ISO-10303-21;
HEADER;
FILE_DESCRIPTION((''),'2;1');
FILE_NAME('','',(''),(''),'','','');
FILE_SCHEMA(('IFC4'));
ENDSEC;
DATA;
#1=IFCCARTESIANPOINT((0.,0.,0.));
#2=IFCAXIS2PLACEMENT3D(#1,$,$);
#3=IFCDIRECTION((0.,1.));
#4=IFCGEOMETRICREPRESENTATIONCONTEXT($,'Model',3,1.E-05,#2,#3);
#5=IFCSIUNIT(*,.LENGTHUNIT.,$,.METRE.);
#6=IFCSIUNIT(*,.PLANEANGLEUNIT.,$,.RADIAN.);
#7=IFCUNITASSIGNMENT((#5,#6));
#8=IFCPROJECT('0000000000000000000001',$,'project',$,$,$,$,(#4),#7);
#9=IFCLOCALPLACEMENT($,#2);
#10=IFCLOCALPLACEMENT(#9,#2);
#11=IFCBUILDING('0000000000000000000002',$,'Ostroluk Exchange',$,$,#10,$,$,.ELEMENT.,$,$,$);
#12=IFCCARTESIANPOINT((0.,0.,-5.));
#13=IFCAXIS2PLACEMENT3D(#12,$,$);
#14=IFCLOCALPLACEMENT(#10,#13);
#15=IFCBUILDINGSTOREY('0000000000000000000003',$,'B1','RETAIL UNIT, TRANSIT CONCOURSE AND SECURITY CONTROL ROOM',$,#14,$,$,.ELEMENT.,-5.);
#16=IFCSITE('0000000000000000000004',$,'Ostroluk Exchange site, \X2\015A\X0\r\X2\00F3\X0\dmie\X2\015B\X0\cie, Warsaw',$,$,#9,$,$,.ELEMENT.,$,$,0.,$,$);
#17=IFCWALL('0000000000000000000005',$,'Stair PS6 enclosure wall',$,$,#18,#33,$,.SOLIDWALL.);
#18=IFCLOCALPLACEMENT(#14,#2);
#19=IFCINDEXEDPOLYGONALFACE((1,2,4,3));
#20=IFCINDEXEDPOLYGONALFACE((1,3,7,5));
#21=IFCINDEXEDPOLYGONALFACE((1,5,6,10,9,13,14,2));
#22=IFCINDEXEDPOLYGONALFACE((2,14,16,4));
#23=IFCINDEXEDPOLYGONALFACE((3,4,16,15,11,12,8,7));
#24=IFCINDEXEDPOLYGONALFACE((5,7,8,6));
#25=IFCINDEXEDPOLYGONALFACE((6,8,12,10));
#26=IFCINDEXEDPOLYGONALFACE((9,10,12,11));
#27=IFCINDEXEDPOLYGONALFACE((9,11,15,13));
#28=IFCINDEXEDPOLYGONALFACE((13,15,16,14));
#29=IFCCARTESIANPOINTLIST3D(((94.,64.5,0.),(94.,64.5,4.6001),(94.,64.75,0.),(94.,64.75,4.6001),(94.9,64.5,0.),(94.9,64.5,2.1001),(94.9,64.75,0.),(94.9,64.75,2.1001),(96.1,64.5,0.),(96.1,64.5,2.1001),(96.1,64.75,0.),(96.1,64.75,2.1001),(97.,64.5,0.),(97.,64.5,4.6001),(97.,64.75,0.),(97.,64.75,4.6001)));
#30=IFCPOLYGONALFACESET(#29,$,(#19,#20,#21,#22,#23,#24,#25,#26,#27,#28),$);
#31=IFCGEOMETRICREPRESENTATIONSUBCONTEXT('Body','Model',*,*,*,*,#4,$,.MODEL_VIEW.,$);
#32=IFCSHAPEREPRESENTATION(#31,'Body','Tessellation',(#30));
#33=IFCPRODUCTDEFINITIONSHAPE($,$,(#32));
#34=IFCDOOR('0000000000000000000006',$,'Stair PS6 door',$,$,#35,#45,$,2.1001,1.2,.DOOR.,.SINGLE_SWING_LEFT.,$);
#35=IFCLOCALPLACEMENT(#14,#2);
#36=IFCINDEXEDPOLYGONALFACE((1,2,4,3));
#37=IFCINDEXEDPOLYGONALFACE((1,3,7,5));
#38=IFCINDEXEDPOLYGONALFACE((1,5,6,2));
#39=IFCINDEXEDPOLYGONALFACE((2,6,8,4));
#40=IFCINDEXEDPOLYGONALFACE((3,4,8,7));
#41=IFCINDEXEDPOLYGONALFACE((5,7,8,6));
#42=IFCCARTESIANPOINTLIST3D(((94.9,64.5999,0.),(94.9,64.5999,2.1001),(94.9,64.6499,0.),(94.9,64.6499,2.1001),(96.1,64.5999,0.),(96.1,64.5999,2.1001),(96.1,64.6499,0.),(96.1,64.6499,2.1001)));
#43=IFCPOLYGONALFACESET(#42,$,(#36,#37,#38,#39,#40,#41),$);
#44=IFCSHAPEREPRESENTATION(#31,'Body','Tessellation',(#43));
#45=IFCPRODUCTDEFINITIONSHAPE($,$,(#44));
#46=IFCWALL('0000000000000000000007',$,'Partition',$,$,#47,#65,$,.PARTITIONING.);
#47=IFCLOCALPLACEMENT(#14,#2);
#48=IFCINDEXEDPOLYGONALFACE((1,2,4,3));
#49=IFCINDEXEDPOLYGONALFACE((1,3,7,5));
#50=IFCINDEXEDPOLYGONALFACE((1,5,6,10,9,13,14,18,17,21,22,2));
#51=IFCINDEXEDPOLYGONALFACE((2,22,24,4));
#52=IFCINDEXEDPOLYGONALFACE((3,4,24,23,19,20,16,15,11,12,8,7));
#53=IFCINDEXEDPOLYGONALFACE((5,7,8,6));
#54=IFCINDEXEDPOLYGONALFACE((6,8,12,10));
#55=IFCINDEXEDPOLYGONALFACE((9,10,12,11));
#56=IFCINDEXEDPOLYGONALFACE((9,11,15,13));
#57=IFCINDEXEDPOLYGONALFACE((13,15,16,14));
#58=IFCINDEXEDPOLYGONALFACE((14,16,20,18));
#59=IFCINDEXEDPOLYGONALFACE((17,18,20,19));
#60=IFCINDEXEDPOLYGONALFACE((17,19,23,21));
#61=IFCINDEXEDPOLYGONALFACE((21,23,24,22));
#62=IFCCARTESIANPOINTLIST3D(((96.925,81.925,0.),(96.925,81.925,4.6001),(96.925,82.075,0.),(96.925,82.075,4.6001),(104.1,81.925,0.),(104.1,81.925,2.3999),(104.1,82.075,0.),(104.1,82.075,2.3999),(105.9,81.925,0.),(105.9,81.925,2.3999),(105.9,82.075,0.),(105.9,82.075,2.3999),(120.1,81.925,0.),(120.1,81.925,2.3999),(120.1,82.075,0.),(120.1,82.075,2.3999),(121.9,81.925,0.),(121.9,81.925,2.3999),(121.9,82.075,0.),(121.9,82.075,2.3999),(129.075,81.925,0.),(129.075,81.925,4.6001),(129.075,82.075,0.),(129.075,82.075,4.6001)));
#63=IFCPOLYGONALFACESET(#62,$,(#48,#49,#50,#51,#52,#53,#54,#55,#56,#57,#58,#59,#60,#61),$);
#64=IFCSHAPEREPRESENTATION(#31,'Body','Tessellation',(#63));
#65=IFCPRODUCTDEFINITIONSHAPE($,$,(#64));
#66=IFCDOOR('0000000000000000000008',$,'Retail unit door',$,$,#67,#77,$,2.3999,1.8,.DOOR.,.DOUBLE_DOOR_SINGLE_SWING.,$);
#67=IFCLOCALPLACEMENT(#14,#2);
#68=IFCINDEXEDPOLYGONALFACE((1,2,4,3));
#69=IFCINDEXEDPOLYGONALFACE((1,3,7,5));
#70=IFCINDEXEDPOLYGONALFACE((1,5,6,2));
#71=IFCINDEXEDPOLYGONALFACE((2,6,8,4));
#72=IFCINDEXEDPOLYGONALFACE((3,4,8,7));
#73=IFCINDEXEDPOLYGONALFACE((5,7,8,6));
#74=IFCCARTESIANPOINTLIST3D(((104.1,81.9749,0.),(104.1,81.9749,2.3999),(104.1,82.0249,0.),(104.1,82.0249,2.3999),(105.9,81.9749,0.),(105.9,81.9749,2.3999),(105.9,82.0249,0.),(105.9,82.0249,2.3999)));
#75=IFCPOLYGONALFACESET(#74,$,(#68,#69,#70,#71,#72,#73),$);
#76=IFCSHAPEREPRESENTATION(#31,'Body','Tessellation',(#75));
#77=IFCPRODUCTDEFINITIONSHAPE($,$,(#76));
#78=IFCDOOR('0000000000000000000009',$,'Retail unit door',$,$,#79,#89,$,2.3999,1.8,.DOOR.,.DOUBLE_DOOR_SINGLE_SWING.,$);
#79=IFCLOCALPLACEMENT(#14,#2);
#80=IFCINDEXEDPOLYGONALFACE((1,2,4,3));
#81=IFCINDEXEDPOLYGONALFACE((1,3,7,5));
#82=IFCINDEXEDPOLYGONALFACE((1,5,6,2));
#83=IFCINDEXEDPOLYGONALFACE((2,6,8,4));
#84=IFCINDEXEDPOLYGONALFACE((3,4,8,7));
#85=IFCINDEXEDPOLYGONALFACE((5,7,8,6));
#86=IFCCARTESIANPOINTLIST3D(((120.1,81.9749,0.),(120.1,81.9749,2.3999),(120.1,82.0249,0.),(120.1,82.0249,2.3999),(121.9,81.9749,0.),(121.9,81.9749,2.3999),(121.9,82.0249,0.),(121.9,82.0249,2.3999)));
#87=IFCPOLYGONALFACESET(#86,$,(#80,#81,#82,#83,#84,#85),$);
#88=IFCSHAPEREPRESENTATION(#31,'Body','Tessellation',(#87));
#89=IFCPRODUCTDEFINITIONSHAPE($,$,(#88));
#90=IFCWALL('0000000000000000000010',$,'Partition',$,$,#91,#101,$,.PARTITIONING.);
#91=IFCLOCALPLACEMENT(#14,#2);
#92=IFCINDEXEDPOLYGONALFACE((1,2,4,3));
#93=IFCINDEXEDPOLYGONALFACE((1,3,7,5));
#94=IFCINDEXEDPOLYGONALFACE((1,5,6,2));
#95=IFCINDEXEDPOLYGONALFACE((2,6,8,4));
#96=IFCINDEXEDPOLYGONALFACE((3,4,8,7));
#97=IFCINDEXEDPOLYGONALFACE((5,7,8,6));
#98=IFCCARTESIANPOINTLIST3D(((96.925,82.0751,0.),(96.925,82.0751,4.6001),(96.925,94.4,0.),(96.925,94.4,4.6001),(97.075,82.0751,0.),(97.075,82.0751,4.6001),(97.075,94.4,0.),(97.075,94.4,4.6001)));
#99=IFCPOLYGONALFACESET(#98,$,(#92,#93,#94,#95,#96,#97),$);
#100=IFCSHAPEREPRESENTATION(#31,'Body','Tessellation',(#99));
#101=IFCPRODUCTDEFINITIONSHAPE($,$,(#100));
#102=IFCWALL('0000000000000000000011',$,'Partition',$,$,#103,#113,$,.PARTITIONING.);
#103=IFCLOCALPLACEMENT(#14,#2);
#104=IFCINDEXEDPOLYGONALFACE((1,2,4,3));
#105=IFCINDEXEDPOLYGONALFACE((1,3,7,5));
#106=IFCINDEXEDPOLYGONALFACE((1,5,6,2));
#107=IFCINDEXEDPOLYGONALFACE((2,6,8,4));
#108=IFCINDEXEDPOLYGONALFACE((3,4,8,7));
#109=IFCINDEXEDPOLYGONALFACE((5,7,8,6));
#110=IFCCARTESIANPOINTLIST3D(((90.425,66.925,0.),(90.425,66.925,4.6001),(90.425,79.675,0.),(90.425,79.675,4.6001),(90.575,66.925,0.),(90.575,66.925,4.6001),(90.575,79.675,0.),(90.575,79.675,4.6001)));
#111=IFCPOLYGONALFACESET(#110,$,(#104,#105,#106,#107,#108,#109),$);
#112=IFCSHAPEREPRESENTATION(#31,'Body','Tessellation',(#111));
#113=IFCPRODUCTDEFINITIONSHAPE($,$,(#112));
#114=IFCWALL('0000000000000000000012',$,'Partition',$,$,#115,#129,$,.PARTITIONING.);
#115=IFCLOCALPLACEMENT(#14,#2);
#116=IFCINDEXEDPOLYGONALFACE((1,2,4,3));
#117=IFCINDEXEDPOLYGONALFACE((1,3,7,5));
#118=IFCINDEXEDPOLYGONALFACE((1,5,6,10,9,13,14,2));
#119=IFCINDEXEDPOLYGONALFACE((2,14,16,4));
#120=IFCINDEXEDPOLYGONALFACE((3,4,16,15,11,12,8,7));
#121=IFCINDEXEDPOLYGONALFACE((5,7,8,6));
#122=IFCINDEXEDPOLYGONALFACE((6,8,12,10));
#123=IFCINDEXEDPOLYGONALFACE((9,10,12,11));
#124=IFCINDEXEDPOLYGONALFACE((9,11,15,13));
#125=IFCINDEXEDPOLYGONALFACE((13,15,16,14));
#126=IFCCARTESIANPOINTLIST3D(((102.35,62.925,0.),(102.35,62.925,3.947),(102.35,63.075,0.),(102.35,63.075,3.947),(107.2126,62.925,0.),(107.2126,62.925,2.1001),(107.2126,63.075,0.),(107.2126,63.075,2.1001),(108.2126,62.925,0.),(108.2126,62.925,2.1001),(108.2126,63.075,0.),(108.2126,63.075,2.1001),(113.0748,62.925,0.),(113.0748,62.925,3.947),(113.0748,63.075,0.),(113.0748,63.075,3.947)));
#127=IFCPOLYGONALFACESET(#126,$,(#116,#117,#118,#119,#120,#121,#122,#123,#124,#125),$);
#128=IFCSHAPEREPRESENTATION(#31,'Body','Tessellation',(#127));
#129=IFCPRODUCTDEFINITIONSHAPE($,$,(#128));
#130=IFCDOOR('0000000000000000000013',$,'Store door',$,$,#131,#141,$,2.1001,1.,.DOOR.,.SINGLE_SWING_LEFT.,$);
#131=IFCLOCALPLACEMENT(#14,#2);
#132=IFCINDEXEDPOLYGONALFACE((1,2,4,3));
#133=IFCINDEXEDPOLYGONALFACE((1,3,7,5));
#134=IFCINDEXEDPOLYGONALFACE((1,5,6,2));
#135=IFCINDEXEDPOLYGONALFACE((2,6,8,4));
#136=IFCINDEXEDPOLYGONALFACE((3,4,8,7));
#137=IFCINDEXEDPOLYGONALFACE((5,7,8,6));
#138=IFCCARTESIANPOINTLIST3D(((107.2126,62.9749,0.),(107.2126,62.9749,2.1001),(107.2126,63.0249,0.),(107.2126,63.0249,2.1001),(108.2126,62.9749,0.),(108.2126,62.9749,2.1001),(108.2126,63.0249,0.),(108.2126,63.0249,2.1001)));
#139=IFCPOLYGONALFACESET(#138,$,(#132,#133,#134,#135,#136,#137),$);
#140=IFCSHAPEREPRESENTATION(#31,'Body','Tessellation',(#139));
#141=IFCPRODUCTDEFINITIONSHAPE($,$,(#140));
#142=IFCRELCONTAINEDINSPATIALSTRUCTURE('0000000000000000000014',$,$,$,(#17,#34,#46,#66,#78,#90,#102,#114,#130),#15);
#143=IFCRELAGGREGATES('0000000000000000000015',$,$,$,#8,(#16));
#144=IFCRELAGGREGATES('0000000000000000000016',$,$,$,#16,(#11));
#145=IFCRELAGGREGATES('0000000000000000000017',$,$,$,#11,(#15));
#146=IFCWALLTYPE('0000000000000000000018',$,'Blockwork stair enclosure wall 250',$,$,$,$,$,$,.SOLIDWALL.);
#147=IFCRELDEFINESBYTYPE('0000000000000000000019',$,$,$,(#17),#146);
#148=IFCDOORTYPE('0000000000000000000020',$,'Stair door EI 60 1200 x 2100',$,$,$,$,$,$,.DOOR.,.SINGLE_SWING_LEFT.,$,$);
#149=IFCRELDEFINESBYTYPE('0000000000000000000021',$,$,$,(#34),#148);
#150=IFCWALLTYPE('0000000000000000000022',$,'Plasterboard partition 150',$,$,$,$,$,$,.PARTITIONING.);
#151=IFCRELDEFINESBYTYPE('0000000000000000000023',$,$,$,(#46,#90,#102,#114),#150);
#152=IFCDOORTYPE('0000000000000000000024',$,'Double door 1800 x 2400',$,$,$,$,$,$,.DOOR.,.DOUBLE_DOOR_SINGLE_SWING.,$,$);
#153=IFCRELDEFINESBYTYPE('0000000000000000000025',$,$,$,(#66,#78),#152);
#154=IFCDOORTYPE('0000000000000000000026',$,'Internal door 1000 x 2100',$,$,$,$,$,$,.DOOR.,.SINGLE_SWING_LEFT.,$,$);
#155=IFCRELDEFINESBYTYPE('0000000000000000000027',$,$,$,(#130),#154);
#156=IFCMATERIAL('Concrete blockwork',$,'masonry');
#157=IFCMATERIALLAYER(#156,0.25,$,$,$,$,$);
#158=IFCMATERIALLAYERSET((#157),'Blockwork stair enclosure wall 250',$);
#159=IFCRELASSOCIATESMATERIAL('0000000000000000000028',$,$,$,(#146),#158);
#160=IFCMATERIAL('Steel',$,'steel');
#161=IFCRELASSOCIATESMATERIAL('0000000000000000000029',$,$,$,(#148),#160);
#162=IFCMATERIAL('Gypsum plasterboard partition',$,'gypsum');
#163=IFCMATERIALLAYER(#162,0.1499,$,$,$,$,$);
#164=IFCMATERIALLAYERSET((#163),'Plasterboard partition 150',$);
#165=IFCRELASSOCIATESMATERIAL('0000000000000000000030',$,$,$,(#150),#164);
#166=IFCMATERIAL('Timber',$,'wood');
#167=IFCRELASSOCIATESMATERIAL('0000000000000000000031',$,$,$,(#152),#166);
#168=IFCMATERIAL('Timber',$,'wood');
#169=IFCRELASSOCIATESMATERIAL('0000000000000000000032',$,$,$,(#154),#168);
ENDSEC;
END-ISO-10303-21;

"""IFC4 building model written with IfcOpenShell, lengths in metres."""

from ifc_helpers import new_model, si_unit, direction, frame, frame_2d, origin, place, context, subcontext, project, spatial, rectangle, extrude, material, layer, layer_set, type_object, element, fill, save


model = new_model("IFC4")

# Units and contexts
model_context = context("Model", 3, precision=1e-05, world=origin(), true_north=direction((0.0, 1.0)))
body_context = subcontext(model_context, "Body", "Model", "MODEL_VIEW")
ifc_project = project(units=[si_unit("LENGTHUNIT", "METRE"), si_unit("PLANEANGLEUNIT", "RADIAN")], contexts=[model_context])

# Site, building, storey
site_placement = place(None, origin())
site = spatial("IfcSite", under=ifc_project, at=site_placement, Name="Ostroluk Exchange site, Śródmieście, Warsaw", CompositionType="ELEMENT", RefElevation=0.0)
building_placement = place(site_placement, origin())
building = spatial("IfcBuilding", under=site, at=building_placement, Name="Ostroluk Exchange", CompositionType="ELEMENT")
storey_placement = place(building_placement, frame((0.0, 0.0, -5.0)))
storey = spatial("IfcBuildingStorey", under=building, at=storey_placement, Name="B1", Description="RETAIL UNIT, TRANSIT CONCOURSE AND SECURITY CONTROL ROOM", CompositionType="ELEMENT", Elevation=-5.0)

# Wall, opening, door
ifc_material_1 = material(Name="Concrete blockwork", Category="masonry")
ifc_layer_1 = layer(ifc_material_1, 0.25)
ifc_layer_set_1 = layer_set([ifc_layer_1], Name="Blockwork stair enclosure wall 250")
wall_type_1 = type_object("IfcWallType", Name="Blockwork stair enclosure wall 250", PredefinedType="SOLIDWALL", material=ifc_layer_set_1)
wall_1_placement = place(storey_placement, frame((94.0, 64.625, 0.0), z_axis=(0.0, 0.0, 1.0), x_axis=(1.0, 0.0, 0.0)))
wall_1 = element("IfcWall", 1, at=wall_1_placement, inside=storey, type_object=wall_type_1, Name="Stair PS6 enclosure wall", PredefinedType="SOLIDWALL", context=body_context, shape_type="SweptSolid", body=[
    extrude(rectangle(XDim=3.0, YDim=0.25, at=frame_2d((1.5, 0.0))), origin(), (0.0, 0.0, 1.0), 4.6001),
])
opening_1_placement = place(wall_1_placement, frame((0.8999, 0.0, 0.0)))
opening_1 = element("IfcOpeningElement", 2, at=opening_1_placement, cuts=wall_1, PredefinedType="OPENING", context=body_context, shape_type="SweptSolid", body=[
    extrude(rectangle(XDim=1.2, YDim=2.1001, at=frame_2d((0.6001, 1.05))), frame((0.0, 0.135, 0.0), z_axis=(0.0, -1.0, 0.0), x_axis=(1.0, 0.0, 0.0)), (0.0, 0.0, 1.0), 0.27),
])
ifc_material_2 = material(Name="Steel", Category="steel")
door_type_1 = type_object("IfcDoorType", Name="Stair door EI 60 1200 x 2100", OperationType="SINGLE_SWING_LEFT", PredefinedType="DOOR", material=ifc_material_2)
door_1_placement = place(opening_1_placement, origin())
door_1 = element("IfcDoor", 3, at=door_1_placement, inside=storey, type_object=door_type_1, Name="Stair PS6 door", OperationType="SINGLE_SWING_LEFT", OverallHeight=2.1001, OverallWidth=1.2, PredefinedType="DOOR", context=body_context, shape_type="SweptSolid", body=[
    extrude(rectangle(XDim=1.2, YDim=2.1001, at=frame_2d((0.6001, 1.05))), frame((0.0, 0.0249, 0.0), z_axis=(0.0, -1.0, 0.0), x_axis=(1.0, 0.0, 0.0)), (0.0, 0.0, 1.0), 0.05),
])
fill(opening_1, door_1)

# Wall, openings, doors
ifc_material_3 = material(Name="Gypsum plasterboard partition", Category="gypsum")
ifc_layer_2 = layer(ifc_material_3, 0.1499)
ifc_layer_set_2 = layer_set([ifc_layer_2], Name="Plasterboard partition 150")
wall_type_2 = type_object("IfcWallType", Name="Plasterboard partition 150", PredefinedType="PARTITIONING", material=ifc_layer_set_2)
wall_2_placement = place(storey_placement, frame((96.925, 82.0, 0.0), z_axis=(0.0, 0.0, 1.0), x_axis=(1.0, 0.0, 0.0)))
wall_2 = element("IfcWall", 4, at=wall_2_placement, inside=storey, type_object=wall_type_2, Name="Partition", PredefinedType="PARTITIONING", context=body_context, shape_type="SweptSolid", body=[
    extrude(rectangle(XDim=32.1499, YDim=0.1499, at=frame_2d((16.075, 0.0))), origin(), (0.0, 0.0, 1.0), 4.6001),
])
opening_2_placement = place(wall_2_placement, frame((7.175, 0.0, 0.0)))
opening_2 = element("IfcOpeningElement", 5, at=opening_2_placement, cuts=wall_2, PredefinedType="OPENING", context=body_context, shape_type="SweptSolid", body=[
    extrude(rectangle(XDim=1.8, YDim=2.3999, at=frame_2d((0.8999, 1.2))), frame((0.0, 0.085, 0.0), z_axis=(0.0, -1.0, 0.0), x_axis=(1.0, 0.0, 0.0)), (0.0, 0.0, 1.0), 0.1699),
])
opening_3_placement = place(wall_2_placement, frame((23.175, 0.0, 0.0)))
opening_3 = element("IfcOpeningElement", 6, at=opening_3_placement, cuts=wall_2, PredefinedType="OPENING", context=body_context, shape_type="SweptSolid", body=[
    extrude(rectangle(XDim=1.8, YDim=2.3999, at=frame_2d((0.8999, 1.2))), frame((0.0, 0.085, 0.0), z_axis=(0.0, -1.0, 0.0), x_axis=(1.0, 0.0, 0.0)), (0.0, 0.0, 1.0), 0.1699),
])
ifc_material_4 = material(Name="Timber", Category="wood")
door_type_2 = type_object("IfcDoorType", Name="Double door 1800 x 2400", OperationType="DOUBLE_DOOR_SINGLE_SWING", PredefinedType="DOOR", material=ifc_material_4)
door_2_placement = place(opening_2_placement, origin())
door_2 = element("IfcDoor", 7, at=door_2_placement, inside=storey, type_object=door_type_2, Name="Retail unit door", OperationType="DOUBLE_DOOR_SINGLE_SWING", OverallHeight=2.3999, OverallWidth=1.8, PredefinedType="DOOR", context=body_context, shape_type="SweptSolid", body=[
    extrude(rectangle(XDim=1.8, YDim=2.3999, at=frame_2d((0.8999, 1.2))), frame((0.0, 0.0249, 0.0), z_axis=(0.0, -1.0, 0.0), x_axis=(1.0, 0.0, 0.0)), (0.0, 0.0, 1.0), 0.05),
])
fill(opening_2, door_2)
door_3_placement = place(opening_3_placement, origin())
door_3 = element("IfcDoor", 8, at=door_3_placement, inside=storey, type_object=door_type_2, Name="Retail unit door", OperationType="DOUBLE_DOOR_SINGLE_SWING", OverallHeight=2.3999, OverallWidth=1.8, PredefinedType="DOOR", context=body_context, shape_type="SweptSolid", body=[
    extrude(rectangle(XDim=1.8, YDim=2.3999, at=frame_2d((0.8999, 1.2))), frame((0.0, 0.0249, 0.0), z_axis=(0.0, -1.0, 0.0), x_axis=(1.0, 0.0, 0.0)), (0.0, 0.0, 1.0), 0.05),
])
fill(opening_3, door_3)

# Walls
wall_3_placement = place(storey_placement, frame((97.0, 82.075, 0.0), z_axis=(0.0, 0.0, 1.0), x_axis=(0.0, 1.0, 0.0)))
element("IfcWall", 9, at=wall_3_placement, inside=storey, type_object=wall_type_2, Name="Partition", PredefinedType="PARTITIONING", context=body_context, shape_type="SweptSolid", body=[
    extrude(rectangle(XDim=12.325, YDim=0.1499, at=frame_2d((6.1626, 0.0))), origin(), (0.0, 0.0, 1.0), 4.6001),
])
wall_4_placement = place(storey_placement, frame((90.5, 66.925, 0.0), z_axis=(0.0, 0.0, 1.0), x_axis=(0.0, 1.0, 0.0)))
element("IfcWall", 10, at=wall_4_placement, inside=storey, type_object=wall_type_2, Name="Partition", PredefinedType="PARTITIONING", context=body_context, shape_type="SweptSolid", body=[
    extrude(rectangle(XDim=12.75, YDim=0.1499, at=frame_2d((6.375, 0.0))), origin(), (0.0, 0.0, 1.0), 4.6001),
])

# Wall, opening, door
wall_5_placement = place(storey_placement, frame((102.3501, 63.0, 0.0), z_axis=(0.0, 0.0, 1.0), x_axis=(1.0, 0.0, 0.0)))
wall_5 = element("IfcWall", 11, at=wall_5_placement, inside=storey, type_object=wall_type_2, Name="Partition", PredefinedType="PARTITIONING", context=body_context, shape_type="SweptSolid", body=[
    extrude(rectangle(XDim=10.7249, YDim=0.1499, at=frame_2d((5.3623, 0.0))), origin(), (0.0, 0.0, 1.0), 3.947),
])
opening_4_placement = place(wall_5_placement, frame((4.8625, 0.0, 0.0)))
opening_4 = element("IfcOpeningElement", 12, at=opening_4_placement, cuts=wall_5, PredefinedType="OPENING", context=body_context, shape_type="SweptSolid", body=[
    extrude(rectangle(XDim=1.0, YDim=2.1001, at=frame_2d((0.5, 1.05))), frame((0.0, 0.085, 0.0), z_axis=(0.0, -1.0, 0.0), x_axis=(1.0, 0.0, 0.0)), (0.0, 0.0, 1.0), 0.1699),
])
ifc_material_5 = material(Name="Timber", Category="wood")
door_type_3 = type_object("IfcDoorType", Name="Internal door 1000 x 2100", OperationType="SINGLE_SWING_LEFT", PredefinedType="DOOR", material=ifc_material_5)
door_4_placement = place(opening_4_placement, origin())
door_4 = element("IfcDoor", 13, at=door_4_placement, inside=storey, type_object=door_type_3, Name="Store door", OperationType="SINGLE_SWING_LEFT", OverallHeight=2.1001, OverallWidth=1.0, PredefinedType="DOOR", context=body_context, shape_type="SweptSolid", body=[
    extrude(rectangle(XDim=1.0, YDim=2.1001, at=frame_2d((0.5, 1.05))), frame((0.0, 0.0249, 0.0), z_axis=(0.0, -1.0, 0.0), x_axis=(1.0, 0.0, 0.0)), (0.0, 0.0, 1.0), 0.05),
])
fill(opening_4, door_4)

save(model, "model.ifc")
